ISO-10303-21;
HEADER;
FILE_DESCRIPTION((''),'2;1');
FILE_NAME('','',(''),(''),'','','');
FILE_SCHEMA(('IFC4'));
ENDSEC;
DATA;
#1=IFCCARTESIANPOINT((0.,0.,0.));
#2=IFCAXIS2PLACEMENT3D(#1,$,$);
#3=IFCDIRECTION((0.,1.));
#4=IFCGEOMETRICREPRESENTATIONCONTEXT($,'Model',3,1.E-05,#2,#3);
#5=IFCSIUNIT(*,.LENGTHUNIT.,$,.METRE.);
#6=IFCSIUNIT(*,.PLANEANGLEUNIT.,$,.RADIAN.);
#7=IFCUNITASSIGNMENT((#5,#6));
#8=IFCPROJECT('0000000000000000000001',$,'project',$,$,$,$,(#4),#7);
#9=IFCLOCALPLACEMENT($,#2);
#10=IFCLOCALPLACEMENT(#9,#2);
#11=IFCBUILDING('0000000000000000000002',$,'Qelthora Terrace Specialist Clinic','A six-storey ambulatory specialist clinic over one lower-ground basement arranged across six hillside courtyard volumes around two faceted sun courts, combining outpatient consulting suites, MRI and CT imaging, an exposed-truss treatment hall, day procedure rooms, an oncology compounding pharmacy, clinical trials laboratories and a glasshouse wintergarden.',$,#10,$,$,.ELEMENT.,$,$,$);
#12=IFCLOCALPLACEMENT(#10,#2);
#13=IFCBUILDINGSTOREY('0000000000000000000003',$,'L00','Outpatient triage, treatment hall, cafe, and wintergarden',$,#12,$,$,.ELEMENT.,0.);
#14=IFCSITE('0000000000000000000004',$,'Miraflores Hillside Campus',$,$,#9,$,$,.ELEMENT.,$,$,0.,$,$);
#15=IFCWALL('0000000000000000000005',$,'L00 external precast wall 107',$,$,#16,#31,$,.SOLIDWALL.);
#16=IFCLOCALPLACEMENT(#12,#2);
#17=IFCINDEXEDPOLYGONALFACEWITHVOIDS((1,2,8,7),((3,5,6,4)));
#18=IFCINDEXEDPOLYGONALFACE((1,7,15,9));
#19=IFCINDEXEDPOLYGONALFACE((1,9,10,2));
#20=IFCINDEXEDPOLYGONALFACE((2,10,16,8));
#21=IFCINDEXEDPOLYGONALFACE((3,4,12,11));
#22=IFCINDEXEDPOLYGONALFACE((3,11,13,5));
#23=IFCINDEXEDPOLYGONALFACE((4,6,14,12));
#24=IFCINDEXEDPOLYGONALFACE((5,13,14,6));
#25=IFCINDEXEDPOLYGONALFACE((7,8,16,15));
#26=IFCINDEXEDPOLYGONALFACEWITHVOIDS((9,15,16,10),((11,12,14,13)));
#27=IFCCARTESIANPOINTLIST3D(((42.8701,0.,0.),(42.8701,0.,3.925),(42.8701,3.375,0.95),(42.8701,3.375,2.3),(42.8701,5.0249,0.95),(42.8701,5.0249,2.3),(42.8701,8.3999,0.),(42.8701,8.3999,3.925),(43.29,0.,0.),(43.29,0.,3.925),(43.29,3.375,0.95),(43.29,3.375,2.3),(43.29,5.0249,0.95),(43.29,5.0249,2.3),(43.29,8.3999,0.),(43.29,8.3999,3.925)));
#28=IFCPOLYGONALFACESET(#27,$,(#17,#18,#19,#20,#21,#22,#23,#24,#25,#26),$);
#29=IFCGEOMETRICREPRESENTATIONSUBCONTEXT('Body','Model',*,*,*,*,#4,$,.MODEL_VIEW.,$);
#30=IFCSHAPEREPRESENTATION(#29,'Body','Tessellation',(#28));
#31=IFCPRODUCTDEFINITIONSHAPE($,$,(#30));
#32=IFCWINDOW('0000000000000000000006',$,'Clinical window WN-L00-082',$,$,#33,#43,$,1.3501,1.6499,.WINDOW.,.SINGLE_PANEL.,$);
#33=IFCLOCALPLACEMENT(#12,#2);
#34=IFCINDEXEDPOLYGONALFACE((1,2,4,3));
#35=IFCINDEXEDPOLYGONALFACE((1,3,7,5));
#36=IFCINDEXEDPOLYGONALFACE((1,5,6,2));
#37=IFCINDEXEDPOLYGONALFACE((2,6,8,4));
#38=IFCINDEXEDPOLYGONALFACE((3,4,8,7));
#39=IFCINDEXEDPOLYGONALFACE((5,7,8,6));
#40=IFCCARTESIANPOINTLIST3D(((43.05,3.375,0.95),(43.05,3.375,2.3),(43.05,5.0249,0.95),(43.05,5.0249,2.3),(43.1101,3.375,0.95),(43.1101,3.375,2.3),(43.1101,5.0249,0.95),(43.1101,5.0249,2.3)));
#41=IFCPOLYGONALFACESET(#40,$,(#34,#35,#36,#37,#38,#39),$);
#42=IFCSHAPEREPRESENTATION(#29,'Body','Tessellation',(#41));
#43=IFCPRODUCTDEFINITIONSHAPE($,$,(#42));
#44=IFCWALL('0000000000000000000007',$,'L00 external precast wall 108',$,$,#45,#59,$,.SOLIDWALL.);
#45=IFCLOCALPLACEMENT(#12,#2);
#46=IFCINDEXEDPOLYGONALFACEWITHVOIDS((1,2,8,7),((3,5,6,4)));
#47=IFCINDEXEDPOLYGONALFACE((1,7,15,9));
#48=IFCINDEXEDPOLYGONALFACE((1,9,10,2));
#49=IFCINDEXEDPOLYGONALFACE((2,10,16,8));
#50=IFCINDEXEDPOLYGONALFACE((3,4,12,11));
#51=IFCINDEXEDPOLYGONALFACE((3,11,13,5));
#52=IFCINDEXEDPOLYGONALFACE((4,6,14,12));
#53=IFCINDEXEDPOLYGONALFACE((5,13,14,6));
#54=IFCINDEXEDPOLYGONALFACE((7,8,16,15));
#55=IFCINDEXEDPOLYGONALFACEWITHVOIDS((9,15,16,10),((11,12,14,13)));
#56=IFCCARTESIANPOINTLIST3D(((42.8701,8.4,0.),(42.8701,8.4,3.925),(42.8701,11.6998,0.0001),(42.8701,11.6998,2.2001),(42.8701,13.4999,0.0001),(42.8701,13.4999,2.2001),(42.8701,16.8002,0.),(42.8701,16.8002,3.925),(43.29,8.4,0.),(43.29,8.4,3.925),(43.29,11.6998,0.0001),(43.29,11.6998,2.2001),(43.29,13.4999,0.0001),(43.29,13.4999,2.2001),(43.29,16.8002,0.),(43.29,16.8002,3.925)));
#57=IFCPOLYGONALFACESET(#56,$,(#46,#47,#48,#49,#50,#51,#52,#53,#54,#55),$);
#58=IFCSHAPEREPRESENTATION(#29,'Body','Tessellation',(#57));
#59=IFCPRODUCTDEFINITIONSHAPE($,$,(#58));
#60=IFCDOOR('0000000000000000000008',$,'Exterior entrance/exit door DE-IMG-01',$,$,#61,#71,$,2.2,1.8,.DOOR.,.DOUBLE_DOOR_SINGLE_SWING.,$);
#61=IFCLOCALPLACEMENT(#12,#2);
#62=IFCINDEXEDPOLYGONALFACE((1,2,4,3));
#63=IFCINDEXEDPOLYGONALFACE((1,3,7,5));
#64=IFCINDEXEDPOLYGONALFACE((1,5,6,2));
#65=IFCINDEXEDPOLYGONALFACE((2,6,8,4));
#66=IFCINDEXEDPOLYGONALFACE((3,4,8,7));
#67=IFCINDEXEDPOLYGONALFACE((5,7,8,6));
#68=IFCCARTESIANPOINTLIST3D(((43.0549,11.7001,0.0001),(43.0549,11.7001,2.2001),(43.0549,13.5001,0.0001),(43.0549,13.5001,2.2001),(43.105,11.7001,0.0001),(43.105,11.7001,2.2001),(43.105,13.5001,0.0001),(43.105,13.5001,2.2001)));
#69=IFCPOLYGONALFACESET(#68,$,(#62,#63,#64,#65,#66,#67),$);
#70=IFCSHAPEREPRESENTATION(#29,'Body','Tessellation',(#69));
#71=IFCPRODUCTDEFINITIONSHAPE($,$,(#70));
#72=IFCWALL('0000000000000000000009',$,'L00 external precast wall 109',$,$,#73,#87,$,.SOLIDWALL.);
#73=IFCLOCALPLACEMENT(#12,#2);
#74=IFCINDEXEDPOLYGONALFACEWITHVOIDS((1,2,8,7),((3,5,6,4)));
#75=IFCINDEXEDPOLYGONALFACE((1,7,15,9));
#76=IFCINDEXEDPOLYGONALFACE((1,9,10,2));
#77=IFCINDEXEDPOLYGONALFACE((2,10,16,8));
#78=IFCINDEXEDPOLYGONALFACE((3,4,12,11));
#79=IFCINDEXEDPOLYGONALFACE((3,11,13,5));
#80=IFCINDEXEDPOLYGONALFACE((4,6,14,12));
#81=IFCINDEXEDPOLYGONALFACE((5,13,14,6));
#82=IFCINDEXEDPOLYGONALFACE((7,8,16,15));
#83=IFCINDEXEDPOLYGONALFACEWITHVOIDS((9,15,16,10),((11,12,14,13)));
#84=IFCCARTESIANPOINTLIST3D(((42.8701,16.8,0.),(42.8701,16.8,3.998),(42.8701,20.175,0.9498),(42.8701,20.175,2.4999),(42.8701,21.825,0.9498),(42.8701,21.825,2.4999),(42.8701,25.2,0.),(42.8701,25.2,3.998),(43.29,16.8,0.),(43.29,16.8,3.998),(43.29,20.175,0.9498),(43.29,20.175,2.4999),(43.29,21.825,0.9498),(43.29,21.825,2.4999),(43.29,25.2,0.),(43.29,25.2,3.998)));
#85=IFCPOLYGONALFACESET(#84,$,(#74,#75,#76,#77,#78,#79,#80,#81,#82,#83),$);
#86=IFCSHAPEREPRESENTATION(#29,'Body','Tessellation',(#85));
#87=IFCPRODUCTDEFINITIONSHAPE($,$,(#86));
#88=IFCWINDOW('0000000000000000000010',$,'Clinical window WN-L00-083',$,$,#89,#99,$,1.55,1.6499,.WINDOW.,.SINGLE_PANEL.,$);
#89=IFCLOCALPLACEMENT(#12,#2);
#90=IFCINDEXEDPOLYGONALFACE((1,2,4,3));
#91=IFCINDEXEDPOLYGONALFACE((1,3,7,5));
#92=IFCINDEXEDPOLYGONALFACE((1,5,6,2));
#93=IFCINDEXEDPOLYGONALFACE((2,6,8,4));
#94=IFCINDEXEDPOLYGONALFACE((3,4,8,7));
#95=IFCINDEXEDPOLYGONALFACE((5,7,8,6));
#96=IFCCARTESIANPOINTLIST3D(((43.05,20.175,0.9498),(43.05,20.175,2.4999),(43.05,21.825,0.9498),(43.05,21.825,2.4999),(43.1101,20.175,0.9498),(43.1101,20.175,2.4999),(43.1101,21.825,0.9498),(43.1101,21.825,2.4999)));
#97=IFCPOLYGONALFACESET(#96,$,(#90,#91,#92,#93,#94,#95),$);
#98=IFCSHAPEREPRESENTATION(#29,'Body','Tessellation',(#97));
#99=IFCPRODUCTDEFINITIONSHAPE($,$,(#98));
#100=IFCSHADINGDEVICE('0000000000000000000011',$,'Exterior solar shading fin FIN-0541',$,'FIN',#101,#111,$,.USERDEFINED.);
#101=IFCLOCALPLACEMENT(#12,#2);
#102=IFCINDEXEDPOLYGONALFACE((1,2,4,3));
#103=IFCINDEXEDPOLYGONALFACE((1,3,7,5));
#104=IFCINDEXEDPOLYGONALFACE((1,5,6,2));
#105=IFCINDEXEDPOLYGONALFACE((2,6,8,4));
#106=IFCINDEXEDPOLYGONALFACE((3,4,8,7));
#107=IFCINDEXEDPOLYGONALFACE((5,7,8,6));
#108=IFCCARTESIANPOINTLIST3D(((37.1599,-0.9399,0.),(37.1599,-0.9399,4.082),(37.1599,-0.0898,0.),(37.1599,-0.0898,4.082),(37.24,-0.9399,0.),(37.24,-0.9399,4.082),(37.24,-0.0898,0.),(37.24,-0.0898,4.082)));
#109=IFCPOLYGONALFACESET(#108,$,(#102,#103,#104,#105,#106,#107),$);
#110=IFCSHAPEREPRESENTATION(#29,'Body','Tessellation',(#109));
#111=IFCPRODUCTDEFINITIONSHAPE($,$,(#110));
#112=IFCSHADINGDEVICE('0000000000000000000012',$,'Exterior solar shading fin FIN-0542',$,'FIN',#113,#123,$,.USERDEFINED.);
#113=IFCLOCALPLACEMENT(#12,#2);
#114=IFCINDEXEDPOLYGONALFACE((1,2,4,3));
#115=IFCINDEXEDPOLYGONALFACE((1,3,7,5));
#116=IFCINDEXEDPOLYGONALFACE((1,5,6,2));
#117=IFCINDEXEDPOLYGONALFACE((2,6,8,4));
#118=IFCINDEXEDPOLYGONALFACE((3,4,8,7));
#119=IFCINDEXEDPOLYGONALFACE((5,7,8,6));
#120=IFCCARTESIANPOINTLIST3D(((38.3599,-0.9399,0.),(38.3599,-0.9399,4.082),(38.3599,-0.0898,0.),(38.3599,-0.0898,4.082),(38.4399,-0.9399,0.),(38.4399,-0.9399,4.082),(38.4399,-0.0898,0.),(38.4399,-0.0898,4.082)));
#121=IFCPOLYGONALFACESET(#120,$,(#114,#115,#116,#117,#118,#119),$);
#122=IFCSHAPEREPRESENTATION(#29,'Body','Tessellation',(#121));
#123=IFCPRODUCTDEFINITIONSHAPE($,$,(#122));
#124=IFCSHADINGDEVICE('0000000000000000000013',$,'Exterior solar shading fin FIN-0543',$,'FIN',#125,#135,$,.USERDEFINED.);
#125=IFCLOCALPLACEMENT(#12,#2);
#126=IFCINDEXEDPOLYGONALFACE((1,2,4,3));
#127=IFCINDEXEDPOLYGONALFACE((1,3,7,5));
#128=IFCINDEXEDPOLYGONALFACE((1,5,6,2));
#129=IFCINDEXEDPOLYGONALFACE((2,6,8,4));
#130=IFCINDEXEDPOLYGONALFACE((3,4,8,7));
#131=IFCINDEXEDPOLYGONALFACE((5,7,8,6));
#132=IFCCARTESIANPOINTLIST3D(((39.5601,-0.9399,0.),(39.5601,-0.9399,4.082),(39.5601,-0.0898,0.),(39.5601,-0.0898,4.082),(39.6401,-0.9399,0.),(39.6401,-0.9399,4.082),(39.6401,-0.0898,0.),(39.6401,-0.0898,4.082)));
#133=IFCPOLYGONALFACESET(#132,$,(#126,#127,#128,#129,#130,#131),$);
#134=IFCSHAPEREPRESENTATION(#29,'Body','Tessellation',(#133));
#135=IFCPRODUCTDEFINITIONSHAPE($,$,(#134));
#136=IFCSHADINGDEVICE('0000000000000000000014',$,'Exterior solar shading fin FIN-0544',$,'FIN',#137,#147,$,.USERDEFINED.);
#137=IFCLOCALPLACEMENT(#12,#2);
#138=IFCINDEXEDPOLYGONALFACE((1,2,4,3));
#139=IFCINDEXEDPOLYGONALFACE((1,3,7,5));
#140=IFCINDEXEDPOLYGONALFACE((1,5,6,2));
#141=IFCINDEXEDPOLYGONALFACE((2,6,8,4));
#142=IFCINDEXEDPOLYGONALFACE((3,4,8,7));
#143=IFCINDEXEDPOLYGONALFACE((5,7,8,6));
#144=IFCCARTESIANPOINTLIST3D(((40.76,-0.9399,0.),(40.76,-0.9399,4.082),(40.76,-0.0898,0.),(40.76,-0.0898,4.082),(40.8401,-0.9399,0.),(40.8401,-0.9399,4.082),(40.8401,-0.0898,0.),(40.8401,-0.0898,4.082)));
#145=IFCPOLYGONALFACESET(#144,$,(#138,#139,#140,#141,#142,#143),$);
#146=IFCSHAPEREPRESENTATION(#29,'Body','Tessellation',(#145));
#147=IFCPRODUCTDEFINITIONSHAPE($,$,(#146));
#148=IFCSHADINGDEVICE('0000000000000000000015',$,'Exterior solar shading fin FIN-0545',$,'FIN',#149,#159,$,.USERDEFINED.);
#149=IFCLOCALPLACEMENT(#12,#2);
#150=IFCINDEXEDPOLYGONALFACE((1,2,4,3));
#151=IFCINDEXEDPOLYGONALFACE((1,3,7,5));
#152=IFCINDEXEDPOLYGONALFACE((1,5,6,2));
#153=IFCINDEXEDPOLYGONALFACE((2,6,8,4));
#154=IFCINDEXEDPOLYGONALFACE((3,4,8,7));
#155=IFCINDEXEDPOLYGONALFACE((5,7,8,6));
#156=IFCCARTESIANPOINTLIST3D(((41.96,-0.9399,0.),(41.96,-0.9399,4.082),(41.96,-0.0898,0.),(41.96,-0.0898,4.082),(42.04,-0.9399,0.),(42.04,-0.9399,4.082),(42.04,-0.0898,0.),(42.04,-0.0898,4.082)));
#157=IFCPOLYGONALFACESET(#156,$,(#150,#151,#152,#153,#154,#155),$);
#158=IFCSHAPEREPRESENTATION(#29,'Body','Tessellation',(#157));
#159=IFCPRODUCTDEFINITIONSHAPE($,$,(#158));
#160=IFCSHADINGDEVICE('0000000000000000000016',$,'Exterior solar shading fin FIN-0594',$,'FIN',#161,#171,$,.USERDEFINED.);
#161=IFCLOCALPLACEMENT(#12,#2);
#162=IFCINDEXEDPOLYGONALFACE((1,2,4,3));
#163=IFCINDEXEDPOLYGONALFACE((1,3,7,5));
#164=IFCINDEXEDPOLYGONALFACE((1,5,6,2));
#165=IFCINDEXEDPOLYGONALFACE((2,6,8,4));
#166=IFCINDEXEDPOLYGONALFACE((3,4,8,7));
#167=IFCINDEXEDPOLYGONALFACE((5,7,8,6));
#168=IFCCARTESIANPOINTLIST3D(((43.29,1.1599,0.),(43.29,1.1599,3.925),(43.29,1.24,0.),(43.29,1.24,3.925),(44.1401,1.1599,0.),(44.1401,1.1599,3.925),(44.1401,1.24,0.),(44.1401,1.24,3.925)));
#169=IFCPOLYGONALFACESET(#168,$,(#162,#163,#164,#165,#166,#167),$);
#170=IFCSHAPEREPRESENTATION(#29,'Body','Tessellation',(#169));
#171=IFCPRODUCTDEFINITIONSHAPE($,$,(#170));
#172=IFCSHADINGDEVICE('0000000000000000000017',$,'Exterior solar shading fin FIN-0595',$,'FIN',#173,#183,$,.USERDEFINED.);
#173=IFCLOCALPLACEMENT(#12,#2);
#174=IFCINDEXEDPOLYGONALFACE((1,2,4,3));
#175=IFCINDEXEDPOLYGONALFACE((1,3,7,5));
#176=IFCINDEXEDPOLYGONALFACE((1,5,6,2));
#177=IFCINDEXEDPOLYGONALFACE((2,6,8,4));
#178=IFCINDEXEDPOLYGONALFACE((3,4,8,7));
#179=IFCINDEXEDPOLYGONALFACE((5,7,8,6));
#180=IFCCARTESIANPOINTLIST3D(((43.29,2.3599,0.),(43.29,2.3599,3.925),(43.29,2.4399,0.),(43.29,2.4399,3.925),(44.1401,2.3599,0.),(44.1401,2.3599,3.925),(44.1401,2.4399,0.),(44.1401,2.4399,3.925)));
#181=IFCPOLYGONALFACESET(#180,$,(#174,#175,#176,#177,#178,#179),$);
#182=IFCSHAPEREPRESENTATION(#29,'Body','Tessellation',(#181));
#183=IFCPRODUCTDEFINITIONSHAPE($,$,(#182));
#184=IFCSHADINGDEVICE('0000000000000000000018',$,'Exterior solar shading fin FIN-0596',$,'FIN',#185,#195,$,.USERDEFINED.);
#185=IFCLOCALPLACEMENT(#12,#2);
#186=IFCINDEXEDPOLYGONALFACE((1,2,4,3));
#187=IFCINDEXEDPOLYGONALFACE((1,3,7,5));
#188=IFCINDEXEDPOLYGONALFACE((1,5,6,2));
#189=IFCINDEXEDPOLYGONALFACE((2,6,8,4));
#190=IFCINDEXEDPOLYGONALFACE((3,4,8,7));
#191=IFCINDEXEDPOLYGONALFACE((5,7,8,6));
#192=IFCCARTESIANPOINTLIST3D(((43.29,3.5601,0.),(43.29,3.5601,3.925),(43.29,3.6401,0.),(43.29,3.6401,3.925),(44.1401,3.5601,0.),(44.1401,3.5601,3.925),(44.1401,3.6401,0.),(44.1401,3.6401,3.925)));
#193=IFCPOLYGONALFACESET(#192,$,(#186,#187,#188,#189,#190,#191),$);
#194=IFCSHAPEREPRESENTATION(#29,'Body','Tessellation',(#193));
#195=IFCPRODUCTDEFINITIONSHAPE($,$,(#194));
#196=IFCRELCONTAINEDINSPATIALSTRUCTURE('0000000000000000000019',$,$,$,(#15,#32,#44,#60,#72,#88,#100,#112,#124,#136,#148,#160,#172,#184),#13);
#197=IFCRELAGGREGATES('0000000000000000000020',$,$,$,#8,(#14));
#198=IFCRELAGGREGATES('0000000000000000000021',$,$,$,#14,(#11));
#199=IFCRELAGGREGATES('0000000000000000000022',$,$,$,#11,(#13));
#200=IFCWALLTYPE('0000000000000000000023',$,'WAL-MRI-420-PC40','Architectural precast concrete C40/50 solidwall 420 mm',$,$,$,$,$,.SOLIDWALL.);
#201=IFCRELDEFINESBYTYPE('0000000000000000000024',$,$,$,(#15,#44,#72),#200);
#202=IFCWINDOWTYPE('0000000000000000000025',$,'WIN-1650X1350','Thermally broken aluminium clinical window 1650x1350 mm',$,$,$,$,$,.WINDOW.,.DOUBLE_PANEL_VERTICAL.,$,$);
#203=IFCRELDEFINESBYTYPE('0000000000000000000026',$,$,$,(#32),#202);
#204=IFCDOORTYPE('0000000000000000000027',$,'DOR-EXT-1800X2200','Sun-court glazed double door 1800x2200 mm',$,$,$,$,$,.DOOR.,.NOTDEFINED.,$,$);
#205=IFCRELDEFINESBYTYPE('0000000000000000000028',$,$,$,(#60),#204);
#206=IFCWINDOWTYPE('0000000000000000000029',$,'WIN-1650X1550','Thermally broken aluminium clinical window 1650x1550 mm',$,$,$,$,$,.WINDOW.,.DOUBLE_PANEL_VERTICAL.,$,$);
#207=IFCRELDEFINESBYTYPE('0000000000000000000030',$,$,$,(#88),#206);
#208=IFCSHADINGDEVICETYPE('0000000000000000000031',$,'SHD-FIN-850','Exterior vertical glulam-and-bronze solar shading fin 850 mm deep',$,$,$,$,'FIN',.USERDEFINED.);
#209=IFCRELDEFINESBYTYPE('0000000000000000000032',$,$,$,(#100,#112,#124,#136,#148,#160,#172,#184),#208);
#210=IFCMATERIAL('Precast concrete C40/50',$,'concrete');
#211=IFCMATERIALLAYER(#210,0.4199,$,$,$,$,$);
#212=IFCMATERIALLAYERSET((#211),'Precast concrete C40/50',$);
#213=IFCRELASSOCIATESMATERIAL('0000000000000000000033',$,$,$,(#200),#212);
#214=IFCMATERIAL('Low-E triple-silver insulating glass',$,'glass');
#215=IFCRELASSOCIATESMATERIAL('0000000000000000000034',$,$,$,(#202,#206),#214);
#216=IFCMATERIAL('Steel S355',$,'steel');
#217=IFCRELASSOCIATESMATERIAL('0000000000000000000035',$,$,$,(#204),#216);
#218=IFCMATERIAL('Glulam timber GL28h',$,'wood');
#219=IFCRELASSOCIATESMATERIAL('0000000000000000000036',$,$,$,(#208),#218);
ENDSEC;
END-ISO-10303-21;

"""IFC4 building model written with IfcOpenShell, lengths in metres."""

from ifc_helpers import new_model, si_unit, direction, frame, frame_2d, origin, origin_2d, place, context, subcontext, project, spatial, rectangle, extrude, material, layer, layer_set, type_object, element, fill, save


model = new_model("IFC4")

# Units and contexts
model_context = context("Model", 3, precision=1e-05, world=origin(), true_north=direction((0.0, 1.0)))
body_context = subcontext(model_context, "Body", "Model", "MODEL_VIEW")
ifc_project = project(units=[si_unit("LENGTHUNIT", "METRE"), si_unit("PLANEANGLEUNIT", "RADIAN")], contexts=[model_context])

# Site, building, storey
site_placement = place(None, origin())
site = spatial("IfcSite", under=ifc_project, at=site_placement, Name="Miraflores Hillside Campus", CompositionType="ELEMENT", RefElevation=0.0)
building_placement = place(site_placement, origin())
building = spatial("IfcBuilding", under=site, at=building_placement, Name="Qelthora Terrace Specialist Clinic", Description="A six-storey ambulatory specialist clinic over one lower-ground basement arranged across six hillside courtyard volumes around two faceted sun courts, combining outpatient consulting suites, MRI and CT imaging, an exposed-truss treatment hall, day procedure rooms, an oncology compounding pharmacy, clinical trials laboratories and a glasshouse wintergarden.", CompositionType="ELEMENT")
storey_placement = place(building_placement, origin())
storey = spatial("IfcBuildingStorey", under=building, at=storey_placement, Name="L00", Description="Outpatient triage, treatment hall, cafe, and wintergarden", CompositionType="ELEMENT", Elevation=0.0)

# Shared definitions
ifc_material_1 = material(Name="Steel S355", Category="steel")

# Wall, opening, window
ifc_material_2 = material(Name="Precast concrete C40/50", Category="concrete")
ifc_layer = layer(ifc_material_2, 0.4199)
ifc_layer_set = layer_set([ifc_layer], Name="Precast concrete C40/50")
wall_type = type_object("IfcWallType", Name="WAL-MRI-420-PC40", Description="Architectural precast concrete C40/50 solidwall 420 mm", PredefinedType="SOLIDWALL", material=ifc_layer_set)
ifc_material_3 = material(Name="Low-E triple-silver insulating glass", Category="glass")
wall_1_placement = place(storey_placement, frame((43.0801, 0.0, 0.0), z_axis=(0.0, 0.0, 1.0), x_axis=(0.0, 1.0, 0.0)))
wall_1 = element("IfcWall", 1, at=wall_1_placement, inside=storey, type_object=wall_type, Name="L00 external precast wall 107", PredefinedType="SOLIDWALL", context=body_context, shape_type="SweptSolid", body=[
    extrude(rectangle(XDim=8.3999, YDim=0.4199, at=frame_2d((4.2, 0.0))), origin(), (0.0, 0.0, 1.0), 3.925),
])
opening_1_placement = place(wall_1_placement, frame((3.375, 0.0, 0.95)))
opening_1 = element("IfcOpeningElement", 2, at=opening_1_placement, cuts=wall_1, PredefinedType="OPENING", context=body_context, shape_type="SweptSolid", body=[
    extrude(rectangle(XDim=1.6499, YDim=1.3501, at=frame_2d((0.825, 0.675))), frame((0.0, 0.22, 0.0), z_axis=(0.0, -1.0, 0.0), x_axis=(1.0, 0.0, 0.0)), (0.0, 0.0, 1.0), 0.4399),
])
window_type_1 = type_object("IfcWindowType", Name="WIN-1650X1350", Description="Thermally broken aluminium clinical window 1650x1350 mm", PartitioningType="DOUBLE_PANEL_VERTICAL", PredefinedType="WINDOW", material=ifc_material_3)
window_1_placement = place(opening_1_placement, origin())
window_1 = element("IfcWindow", 3, at=window_1_placement, inside=storey, type_object=window_type_1, Name="Clinical window WN-L00-082", OverallHeight=1.3501, OverallWidth=1.6499, PartitioningType="SINGLE_PANEL", PredefinedType="WINDOW", context=body_context, shape_type="SweptSolid", body=[
    extrude(rectangle(XDim=1.6499, YDim=1.3501, at=frame_2d((0.825, 0.675))), frame((0.0, 0.03, 0.0), z_axis=(0.0, -1.0, 0.0), x_axis=(1.0, 0.0, 0.0)), (0.0, 0.0, 1.0), 0.0601),
])
fill(opening_1, window_1)

# Wall, opening, door
wall_2_placement = place(storey_placement, frame((43.0801, 8.3999, 0.0), z_axis=(0.0, 0.0, 1.0), x_axis=(0.0, 1.0, 0.0)))
wall_2 = element("IfcWall", 4, at=wall_2_placement, inside=storey, type_object=wall_type, Name="L00 external precast wall 108", PredefinedType="SOLIDWALL", context=body_context, shape_type="SweptSolid", body=[
    extrude(rectangle(XDim=8.4001, YDim=0.4199, at=frame_2d((4.2002, 0.0))), origin(), (0.0, 0.0, 1.0), 3.925),
])
opening_2_placement = place(wall_2_placement, frame((3.3, 0.0, 0.0)))
opening_2 = element("IfcOpeningElement", 5, at=opening_2_placement, cuts=wall_2, PredefinedType="OPENING", context=body_context, shape_type="SweptSolid", body=[
    extrude(rectangle(XDim=1.8, YDim=2.2, at=frame_2d((0.8999, 1.1001))), frame((0.0, 0.22, 0.0), z_axis=(0.0, -1.0, 0.0), x_axis=(1.0, 0.0, 0.0)), (0.0, 0.0, 1.0), 0.4399),
])
door_type = type_object("IfcDoorType", Name="DOR-EXT-1800X2200", Description="Sun-court glazed double door 1800x2200 mm", OperationType="NOTDEFINED", PredefinedType="DOOR", material=ifc_material_1)
door_placement = place(opening_2_placement, frame((1.8, 0.0, 0.0), z_axis=(0.0, 0.0, 1.0), x_axis=(-1.0, 0.0, 0.0)))
door = element("IfcDoor", 6, at=door_placement, inside=storey, type_object=door_type, Name="Exterior entrance/exit door DE-IMG-01", OperationType="DOUBLE_DOOR_SINGLE_SWING", OverallHeight=2.2, OverallWidth=1.8, PredefinedType="DOOR", context=body_context, shape_type="SweptSolid", body=[
    extrude(rectangle(XDim=1.8, YDim=2.2, at=frame_2d((0.8999, 1.1001))), frame((0.0, 0.0249, 0.0), z_axis=(0.0, -1.0, 0.0), x_axis=(1.0, 0.0, 0.0)), (0.0, 0.0, 1.0), 0.05),
])
fill(opening_2, door)

# Wall, opening, window
wall_3_placement = place(storey_placement, frame((43.0801, 16.8, 0.0), z_axis=(0.0, 0.0, 1.0), x_axis=(0.0, 1.0, 0.0)))
wall_3 = element("IfcWall", 7, at=wall_3_placement, inside=storey, type_object=wall_type, Name="L00 external precast wall 109", PredefinedType="SOLIDWALL", context=body_context, shape_type="SweptSolid", body=[
    extrude(rectangle(XDim=8.3999, YDim=0.4199, at=frame_2d((4.2, 0.0))), origin(), (0.0, 0.0, 1.0), 3.998),
])
opening_3_placement = place(wall_3_placement, frame((3.375, 0.0, 0.95)))
opening_3 = element("IfcOpeningElement", 8, at=opening_3_placement, cuts=wall_3, PredefinedType="OPENING", context=body_context, shape_type="SweptSolid", body=[
    extrude(rectangle(XDim=1.6499, YDim=1.55, at=frame_2d((0.825, 0.7749))), frame((0.0, 0.22, 0.0), z_axis=(0.0, -1.0, 0.0), x_axis=(1.0, 0.0, 0.0)), (0.0, 0.0, 1.0), 0.4399),
])
window_type_2 = type_object("IfcWindowType", Name="WIN-1650X1550", Description="Thermally broken aluminium clinical window 1650x1550 mm", PartitioningType="DOUBLE_PANEL_VERTICAL", PredefinedType="WINDOW", material=ifc_material_3)
window_2_placement = place(opening_3_placement, origin())
window_2 = element("IfcWindow", 9, at=window_2_placement, inside=storey, type_object=window_type_2, Name="Clinical window WN-L00-083", OverallHeight=1.55, OverallWidth=1.6499, PartitioningType="SINGLE_PANEL", PredefinedType="WINDOW", context=body_context, shape_type="SweptSolid", body=[
    extrude(rectangle(XDim=1.6499, YDim=1.55, at=frame_2d((0.825, 0.7749))), frame((0.0, 0.03, 0.0), z_axis=(0.0, -1.0, 0.0), x_axis=(1.0, 0.0, 0.0)), (0.0, 0.0, 1.0), 0.0601),
])
fill(opening_3, window_2)

# Shading devices
ifc_material_4 = material(Name="Glulam timber GL28h", Category="wood")
shading_device_type = type_object("IfcShadingDeviceType", Name="SHD-FIN-850", Description="Exterior vertical glulam-and-bronze solar shading fin 850 mm deep", ElementType="FIN", PredefinedType="USERDEFINED", material=ifc_material_4)
for number, where, z_axis, x_axis, name in (
    (10, (37.2, -0.5149, 0.0), (0.0, 0.0, 1.0), (0.0, -1.0, 0.0), "Exterior solar shading fin FIN-0541"),
    (11, (38.3999, -0.5149, 0.0), (0.0, 0.0, 1.0), (0.0, -1.0, 0.0), "Exterior solar shading fin FIN-0542"),
    (12, (39.6001, -0.5149, 0.0), (0.0, 0.0, 1.0), (0.0, -1.0, 0.0), "Exterior solar shading fin FIN-0543"),
    (13, (40.8, -0.5149, 0.0), (0.0, 0.0, 1.0), (0.0, -1.0, 0.0), "Exterior solar shading fin FIN-0544"),
    (14, (42.0, -0.5149, 0.0), (0.0, 0.0, 1.0), (0.0, -1.0, 0.0), "Exterior solar shading fin FIN-0545"),
):
    element("IfcShadingDevice", number, at=place(storey_placement, frame(where, z_axis=z_axis, x_axis=x_axis)), inside=storey, type_object=shading_device_type, Name=name, ObjectType="FIN", PredefinedType="USERDEFINED", context=body_context, shape_type="SweptSolid", body=[
        extrude(rectangle(XDim=0.8501, YDim=0.0801, at=origin_2d()), origin(), (0.0, 0.0, 1.0), 4.082),
    ])
for number, where, z_axis, x_axis, name in (
    (15, (43.7151, 1.2, 0.0), (0.0, 0.0, 1.0), (1.0, 0.0, 0.0), "Exterior solar shading fin FIN-0594"),
    (16, (43.7151, 2.3999, 0.0), (0.0, 0.0, 1.0), (1.0, 0.0, 0.0), "Exterior solar shading fin FIN-0595"),
    (17, (43.7151, 3.6001, 0.0), (0.0, 0.0, 1.0), (1.0, 0.0, 0.0), "Exterior solar shading fin FIN-0596"),
):
    element("IfcShadingDevice", number, at=place(storey_placement, frame(where, z_axis=z_axis, x_axis=x_axis)), inside=storey, type_object=shading_device_type, Name=name, ObjectType="FIN", PredefinedType="USERDEFINED", context=body_context, shape_type="SweptSolid", body=[
        extrude(rectangle(XDim=0.8501, YDim=0.0801, at=origin_2d()), origin(), (0.0, 0.0, 1.0), 3.925),
    ])

save(model, "model.ifc")
